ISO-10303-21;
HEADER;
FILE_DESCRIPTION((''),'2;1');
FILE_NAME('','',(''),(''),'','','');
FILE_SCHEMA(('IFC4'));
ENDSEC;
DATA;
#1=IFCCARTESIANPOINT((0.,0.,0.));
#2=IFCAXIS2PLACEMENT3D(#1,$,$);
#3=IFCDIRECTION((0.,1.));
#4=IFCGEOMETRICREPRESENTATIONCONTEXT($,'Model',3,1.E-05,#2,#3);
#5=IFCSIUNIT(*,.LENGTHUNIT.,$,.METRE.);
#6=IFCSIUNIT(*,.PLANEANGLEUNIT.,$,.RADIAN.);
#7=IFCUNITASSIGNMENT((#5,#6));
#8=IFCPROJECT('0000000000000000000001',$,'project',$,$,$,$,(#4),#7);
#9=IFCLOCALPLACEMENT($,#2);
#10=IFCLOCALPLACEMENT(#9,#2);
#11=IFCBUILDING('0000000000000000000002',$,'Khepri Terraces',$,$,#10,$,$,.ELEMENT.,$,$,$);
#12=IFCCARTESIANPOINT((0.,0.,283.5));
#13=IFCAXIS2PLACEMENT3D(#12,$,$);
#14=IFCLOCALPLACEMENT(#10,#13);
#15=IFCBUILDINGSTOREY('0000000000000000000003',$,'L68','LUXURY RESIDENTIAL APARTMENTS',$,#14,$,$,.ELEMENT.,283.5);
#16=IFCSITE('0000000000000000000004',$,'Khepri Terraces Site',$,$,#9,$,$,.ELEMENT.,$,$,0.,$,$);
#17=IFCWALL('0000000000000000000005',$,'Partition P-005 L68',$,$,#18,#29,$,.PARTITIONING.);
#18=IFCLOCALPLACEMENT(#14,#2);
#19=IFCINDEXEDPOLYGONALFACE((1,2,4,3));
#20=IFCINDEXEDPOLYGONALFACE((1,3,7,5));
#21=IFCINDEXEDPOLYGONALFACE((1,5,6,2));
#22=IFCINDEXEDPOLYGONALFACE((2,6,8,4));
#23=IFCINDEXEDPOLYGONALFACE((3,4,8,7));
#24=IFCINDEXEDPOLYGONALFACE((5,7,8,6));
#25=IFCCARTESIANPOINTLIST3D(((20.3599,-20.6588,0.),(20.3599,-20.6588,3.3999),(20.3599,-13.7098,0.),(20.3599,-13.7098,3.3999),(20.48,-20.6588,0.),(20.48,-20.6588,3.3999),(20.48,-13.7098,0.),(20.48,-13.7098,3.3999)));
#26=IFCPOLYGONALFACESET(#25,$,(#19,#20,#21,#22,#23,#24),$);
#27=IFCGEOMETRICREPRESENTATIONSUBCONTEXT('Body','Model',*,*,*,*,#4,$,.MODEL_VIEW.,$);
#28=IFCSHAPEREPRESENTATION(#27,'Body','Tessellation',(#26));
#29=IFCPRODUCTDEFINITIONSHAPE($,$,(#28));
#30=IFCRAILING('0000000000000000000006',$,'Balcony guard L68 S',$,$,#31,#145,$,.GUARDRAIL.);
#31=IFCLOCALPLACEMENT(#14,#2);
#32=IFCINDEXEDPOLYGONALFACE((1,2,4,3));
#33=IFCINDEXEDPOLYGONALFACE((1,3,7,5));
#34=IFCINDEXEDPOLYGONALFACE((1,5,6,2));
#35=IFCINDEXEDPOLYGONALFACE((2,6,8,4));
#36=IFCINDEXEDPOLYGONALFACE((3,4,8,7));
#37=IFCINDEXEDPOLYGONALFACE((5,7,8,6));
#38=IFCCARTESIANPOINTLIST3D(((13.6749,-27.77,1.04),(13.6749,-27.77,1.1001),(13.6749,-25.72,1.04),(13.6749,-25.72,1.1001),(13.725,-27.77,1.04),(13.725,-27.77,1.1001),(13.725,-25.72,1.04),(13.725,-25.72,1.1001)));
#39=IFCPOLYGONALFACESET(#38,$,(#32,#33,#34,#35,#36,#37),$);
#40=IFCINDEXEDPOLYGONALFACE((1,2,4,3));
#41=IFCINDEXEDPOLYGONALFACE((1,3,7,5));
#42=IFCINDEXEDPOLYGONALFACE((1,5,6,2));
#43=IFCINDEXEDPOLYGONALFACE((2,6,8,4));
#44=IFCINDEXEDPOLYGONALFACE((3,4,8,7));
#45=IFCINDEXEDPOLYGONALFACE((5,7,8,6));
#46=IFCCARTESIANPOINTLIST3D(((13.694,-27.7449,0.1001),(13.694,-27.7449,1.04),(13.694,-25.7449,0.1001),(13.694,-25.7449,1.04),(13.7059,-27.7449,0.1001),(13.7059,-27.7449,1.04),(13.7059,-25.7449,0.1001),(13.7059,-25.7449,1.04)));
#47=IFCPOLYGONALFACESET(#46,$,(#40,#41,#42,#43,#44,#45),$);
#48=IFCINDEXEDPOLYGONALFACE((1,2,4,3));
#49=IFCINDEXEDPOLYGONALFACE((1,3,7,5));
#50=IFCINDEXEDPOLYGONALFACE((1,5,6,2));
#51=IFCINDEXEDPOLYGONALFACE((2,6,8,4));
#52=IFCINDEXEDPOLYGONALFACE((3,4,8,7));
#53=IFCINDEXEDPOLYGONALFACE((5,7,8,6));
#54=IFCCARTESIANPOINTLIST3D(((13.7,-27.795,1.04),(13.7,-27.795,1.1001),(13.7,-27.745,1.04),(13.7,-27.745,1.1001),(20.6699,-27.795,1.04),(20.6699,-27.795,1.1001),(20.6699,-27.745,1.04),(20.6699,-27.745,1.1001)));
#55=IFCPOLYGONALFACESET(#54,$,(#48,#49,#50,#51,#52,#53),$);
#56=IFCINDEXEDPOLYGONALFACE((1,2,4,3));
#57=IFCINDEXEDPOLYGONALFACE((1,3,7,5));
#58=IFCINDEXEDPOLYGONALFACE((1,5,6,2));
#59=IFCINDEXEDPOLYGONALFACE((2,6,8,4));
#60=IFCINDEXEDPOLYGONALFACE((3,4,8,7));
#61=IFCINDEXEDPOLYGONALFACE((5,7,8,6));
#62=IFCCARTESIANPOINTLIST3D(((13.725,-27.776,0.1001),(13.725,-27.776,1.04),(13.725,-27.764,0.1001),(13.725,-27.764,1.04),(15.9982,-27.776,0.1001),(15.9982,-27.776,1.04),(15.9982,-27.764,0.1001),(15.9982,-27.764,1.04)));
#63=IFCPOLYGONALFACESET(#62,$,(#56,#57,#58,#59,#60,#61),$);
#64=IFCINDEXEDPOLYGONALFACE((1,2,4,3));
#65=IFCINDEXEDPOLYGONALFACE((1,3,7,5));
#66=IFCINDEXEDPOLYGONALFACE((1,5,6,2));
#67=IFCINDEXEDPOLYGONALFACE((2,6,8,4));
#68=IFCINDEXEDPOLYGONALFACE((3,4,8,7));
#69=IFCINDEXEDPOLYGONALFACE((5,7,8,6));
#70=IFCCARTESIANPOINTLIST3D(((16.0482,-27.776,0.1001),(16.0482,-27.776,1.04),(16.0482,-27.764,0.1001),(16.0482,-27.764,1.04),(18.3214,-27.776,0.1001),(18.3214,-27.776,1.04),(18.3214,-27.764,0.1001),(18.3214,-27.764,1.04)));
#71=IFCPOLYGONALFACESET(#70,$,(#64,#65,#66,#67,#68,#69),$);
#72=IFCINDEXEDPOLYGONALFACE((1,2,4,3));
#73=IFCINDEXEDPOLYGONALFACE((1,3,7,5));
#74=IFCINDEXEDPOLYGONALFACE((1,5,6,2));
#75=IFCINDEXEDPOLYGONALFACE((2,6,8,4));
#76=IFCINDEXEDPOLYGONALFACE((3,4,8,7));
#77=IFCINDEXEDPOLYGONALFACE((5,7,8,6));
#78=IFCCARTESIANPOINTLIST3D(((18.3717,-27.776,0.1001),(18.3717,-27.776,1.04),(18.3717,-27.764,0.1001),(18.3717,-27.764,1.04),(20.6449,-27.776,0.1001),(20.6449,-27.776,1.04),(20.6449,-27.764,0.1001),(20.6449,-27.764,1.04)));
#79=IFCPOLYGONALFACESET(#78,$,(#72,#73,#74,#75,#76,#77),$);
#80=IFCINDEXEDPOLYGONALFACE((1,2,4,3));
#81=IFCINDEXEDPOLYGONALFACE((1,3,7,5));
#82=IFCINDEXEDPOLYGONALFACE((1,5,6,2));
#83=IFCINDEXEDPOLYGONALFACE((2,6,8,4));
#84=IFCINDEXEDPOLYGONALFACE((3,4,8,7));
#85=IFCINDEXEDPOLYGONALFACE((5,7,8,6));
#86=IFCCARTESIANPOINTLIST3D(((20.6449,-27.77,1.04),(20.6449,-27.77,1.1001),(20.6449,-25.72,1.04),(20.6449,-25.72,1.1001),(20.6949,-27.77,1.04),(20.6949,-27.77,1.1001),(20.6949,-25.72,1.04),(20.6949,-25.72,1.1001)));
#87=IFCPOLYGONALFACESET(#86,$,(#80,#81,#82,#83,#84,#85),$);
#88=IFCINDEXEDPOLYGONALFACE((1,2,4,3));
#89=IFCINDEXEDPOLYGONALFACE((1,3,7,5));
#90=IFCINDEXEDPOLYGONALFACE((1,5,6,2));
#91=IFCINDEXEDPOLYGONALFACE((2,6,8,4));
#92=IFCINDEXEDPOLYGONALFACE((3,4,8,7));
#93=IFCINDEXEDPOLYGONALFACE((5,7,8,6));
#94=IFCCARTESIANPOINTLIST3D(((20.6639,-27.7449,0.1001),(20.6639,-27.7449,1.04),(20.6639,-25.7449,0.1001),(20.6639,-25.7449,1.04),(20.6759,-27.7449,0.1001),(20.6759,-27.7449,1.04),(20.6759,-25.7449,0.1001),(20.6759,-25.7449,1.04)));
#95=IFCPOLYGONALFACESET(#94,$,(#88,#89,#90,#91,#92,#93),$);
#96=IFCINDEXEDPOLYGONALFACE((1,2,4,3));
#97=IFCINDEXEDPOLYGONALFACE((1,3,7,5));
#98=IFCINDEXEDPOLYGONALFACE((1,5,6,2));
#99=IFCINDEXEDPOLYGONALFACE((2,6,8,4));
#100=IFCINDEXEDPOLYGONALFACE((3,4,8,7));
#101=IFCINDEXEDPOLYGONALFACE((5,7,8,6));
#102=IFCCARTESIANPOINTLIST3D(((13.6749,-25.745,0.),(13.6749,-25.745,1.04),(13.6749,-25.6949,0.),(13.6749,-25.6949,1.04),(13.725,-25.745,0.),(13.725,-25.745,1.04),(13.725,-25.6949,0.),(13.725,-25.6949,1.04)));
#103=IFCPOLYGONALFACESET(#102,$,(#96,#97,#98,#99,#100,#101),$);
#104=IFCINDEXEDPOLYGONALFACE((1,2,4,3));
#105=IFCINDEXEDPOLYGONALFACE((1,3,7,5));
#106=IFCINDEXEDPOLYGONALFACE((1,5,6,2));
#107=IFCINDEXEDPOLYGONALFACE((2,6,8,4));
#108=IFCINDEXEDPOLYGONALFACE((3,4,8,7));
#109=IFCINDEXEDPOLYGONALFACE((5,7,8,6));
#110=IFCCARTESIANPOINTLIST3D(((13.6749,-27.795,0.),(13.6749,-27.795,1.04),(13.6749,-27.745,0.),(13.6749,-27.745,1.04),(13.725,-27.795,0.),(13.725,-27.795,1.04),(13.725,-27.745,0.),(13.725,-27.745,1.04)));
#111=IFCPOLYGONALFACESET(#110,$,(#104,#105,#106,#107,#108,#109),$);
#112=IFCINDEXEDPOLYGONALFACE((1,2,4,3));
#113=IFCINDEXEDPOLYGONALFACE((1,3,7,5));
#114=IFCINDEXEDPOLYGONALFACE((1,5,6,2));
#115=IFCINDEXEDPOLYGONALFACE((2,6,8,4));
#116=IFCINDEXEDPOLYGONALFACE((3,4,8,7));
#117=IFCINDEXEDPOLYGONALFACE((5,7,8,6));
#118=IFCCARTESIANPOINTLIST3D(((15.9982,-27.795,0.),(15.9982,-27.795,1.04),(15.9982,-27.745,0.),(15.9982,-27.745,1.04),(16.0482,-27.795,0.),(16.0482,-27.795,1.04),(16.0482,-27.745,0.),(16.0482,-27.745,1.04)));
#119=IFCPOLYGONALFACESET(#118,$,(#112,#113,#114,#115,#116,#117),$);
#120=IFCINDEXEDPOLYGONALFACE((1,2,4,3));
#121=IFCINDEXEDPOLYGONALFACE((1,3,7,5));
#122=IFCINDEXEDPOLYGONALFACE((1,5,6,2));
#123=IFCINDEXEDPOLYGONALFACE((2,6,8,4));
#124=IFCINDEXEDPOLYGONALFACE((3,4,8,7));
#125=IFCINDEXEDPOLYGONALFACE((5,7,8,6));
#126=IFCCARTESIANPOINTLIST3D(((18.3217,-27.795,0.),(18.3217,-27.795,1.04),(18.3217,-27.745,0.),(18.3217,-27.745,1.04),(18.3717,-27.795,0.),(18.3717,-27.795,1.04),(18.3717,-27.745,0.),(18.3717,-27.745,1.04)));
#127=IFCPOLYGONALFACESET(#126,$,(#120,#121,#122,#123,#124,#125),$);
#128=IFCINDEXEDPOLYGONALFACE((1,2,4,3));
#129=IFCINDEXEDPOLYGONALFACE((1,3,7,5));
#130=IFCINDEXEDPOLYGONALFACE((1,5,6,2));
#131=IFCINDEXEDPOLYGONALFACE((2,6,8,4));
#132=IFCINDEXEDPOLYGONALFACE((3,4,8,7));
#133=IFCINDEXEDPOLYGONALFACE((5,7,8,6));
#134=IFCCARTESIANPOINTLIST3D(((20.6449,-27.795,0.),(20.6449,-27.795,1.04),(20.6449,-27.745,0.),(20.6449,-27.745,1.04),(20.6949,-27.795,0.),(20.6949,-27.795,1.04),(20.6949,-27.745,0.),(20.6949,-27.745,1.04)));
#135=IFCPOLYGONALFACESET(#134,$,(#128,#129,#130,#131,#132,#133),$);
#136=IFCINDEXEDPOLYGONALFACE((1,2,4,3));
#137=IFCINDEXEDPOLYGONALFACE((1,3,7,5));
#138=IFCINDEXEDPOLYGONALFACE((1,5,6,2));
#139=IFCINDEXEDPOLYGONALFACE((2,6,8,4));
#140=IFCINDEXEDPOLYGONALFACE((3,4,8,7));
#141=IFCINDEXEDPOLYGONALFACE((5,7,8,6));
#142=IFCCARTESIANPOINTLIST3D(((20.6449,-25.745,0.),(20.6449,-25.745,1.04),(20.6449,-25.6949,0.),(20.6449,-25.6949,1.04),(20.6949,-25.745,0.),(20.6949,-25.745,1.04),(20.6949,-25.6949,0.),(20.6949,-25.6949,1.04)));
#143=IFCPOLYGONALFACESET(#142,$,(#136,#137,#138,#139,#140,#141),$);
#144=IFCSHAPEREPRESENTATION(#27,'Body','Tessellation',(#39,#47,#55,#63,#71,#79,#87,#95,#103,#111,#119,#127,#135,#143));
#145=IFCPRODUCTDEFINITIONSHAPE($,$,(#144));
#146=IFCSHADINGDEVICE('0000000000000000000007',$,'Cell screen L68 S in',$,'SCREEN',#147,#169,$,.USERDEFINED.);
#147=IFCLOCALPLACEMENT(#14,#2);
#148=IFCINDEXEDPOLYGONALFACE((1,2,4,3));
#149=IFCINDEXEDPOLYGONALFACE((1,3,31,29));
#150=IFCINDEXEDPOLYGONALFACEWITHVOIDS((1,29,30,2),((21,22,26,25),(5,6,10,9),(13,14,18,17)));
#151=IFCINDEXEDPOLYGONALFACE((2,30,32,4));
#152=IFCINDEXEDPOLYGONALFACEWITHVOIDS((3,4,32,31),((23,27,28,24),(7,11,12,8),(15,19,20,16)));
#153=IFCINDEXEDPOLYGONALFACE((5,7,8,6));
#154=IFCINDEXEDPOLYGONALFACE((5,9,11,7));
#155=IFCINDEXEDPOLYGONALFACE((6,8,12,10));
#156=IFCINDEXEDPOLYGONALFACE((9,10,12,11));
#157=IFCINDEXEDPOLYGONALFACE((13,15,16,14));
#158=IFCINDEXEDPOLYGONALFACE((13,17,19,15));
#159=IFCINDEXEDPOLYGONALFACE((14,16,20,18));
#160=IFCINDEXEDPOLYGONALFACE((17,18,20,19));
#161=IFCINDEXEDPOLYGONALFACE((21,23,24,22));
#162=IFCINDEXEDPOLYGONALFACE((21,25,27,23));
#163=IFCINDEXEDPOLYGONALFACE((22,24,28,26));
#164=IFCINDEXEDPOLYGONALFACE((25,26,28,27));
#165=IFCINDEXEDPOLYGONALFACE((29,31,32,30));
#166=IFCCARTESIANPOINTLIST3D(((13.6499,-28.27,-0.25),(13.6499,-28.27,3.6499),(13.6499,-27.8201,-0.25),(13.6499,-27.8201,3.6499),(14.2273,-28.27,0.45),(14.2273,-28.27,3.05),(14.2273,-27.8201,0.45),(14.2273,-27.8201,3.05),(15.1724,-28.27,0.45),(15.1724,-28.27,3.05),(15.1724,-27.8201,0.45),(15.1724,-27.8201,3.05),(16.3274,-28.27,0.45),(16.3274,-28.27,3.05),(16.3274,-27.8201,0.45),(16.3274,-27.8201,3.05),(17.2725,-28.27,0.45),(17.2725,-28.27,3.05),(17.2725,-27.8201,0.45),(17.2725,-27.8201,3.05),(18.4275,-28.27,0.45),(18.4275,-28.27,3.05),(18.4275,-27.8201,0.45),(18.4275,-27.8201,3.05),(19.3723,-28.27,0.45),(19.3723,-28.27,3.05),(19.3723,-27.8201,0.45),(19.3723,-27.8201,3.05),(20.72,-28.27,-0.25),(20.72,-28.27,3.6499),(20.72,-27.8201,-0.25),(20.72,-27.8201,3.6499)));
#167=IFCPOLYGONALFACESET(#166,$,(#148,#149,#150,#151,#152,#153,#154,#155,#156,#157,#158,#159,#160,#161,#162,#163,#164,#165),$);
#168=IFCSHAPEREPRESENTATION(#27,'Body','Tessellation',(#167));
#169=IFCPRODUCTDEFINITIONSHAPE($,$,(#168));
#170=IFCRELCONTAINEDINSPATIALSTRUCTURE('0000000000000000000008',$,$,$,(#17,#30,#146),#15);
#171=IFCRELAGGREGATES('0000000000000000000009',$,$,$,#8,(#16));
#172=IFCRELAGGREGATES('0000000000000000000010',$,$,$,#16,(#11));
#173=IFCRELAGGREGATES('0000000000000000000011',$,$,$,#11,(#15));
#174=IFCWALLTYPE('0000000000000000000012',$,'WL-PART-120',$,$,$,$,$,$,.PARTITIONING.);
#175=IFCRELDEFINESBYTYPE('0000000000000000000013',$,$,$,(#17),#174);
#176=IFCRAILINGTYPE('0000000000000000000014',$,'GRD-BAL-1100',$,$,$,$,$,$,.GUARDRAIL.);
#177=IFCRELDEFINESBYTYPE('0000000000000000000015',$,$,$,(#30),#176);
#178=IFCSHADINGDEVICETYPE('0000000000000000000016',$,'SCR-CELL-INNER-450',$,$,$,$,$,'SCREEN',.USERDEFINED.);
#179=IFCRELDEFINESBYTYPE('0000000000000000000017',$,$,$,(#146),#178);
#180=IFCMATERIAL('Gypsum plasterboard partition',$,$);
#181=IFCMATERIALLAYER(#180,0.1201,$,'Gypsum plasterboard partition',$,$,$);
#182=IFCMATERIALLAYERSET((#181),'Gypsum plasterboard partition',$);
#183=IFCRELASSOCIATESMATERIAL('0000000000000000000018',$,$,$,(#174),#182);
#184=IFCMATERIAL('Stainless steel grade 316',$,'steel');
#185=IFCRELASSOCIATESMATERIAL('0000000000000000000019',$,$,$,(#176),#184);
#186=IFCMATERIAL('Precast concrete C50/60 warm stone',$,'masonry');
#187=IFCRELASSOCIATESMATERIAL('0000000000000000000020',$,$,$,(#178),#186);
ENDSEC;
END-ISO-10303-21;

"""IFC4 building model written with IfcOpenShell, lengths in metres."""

from ifc_helpers import new_model, si_unit, direction, frame, frame_2d, origin, origin_2d, place, context, subcontext, project, spatial, polyline, rectangle, outline, extrude, material, layer, layer_set, type_object, element, save


model = new_model("IFC4")

# Units and contexts
model_context = context("Model", 3, precision=1e-05, world=origin(), true_north=direction((0.0, 1.0)))
body_context = subcontext(model_context, "Body", "Model", "MODEL_VIEW")
ifc_project = project(units=[si_unit("LENGTHUNIT", "METRE"), si_unit("PLANEANGLEUNIT", "RADIAN")], contexts=[model_context])

# Site, building, storey
site_placement = place(None, origin())
site = spatial("IfcSite", under=ifc_project, at=site_placement, Name="Khepri Terraces Site", CompositionType="ELEMENT", RefElevation=0.0)
building_placement = place(site_placement, origin())
building = spatial("IfcBuilding", under=site, at=building_placement, Name="Khepri Terraces", CompositionType="ELEMENT")
storey_placement = place(building_placement, frame((0.0, 0.0, 283.5)))
storey = spatial("IfcBuildingStorey", under=building, at=storey_placement, Name="L68", Description="LUXURY RESIDENTIAL APARTMENTS", CompositionType="ELEMENT", Elevation=283.5)

# Shared definitions
ifc_material_1 = material(Name="Precast concrete C50/60 warm stone", Category="masonry")

# Wall
ifc_material_2 = material(Name="Gypsum plasterboard partition")
ifc_layer_1 = layer(ifc_material_2, 0.1201, Name="Gypsum plasterboard partition")
ifc_layer_set_1 = layer_set([ifc_layer_1], Name="Gypsum plasterboard partition")
wall_type_1 = type_object("IfcWallType", Name="WL-PART-120", PredefinedType="PARTITIONING", material=ifc_layer_set_1)
wall_1_placement = place(storey_placement, frame((20.4199, -20.6589, 0.0), z_axis=(0.0, 0.0, 1.0), x_axis=(0.0, 1.0, 0.0)))
element("IfcWall", 1, at=wall_1_placement, inside=storey, type_object=wall_type_1, Name="Partition P-005 L68", PredefinedType="PARTITIONING", context=body_context, shape_type="SweptSolid", body=[
    extrude(rectangle(XDim=6.949, YDim=0.1201, at=frame_2d((3.4746, 0.0))), origin(), (0.0, 0.0, 1.0), 3.3999),
])

# Railing
ifc_material_3 = material(Name="Stainless steel grade 316", Category="steel")
railing_type = type_object("IfcRailingType", Name="GRD-BAL-1100", PredefinedType="GUARDRAIL", material=ifc_material_3)
railing_1_placement = place(storey_placement, frame((13.7, -25.72, 0.0)))
element("IfcRailing", 2, at=railing_1_placement, inside=storey, type_object=railing_type, Name="Balcony guard L68 S", PredefinedType="GUARDRAIL", context=body_context, shape_type="SweptSolid", body=[
    extrude(rectangle(XDim=0.05, YDim=0.0601, at=origin_2d()), frame((0.0, 0.0, 1.0701), z_axis=(0.0, -1.0, 0.0), x_axis=(1.0, 0.0, 0.0)), (0.0, 0.0, 1.0), 2.05),
    extrude(rectangle(XDim=2.0, YDim=0.012, at=origin_2d()), frame((0.0, -1.0249, 0.1001), z_axis=(0.0, 0.0, 1.0), x_axis=(0.0, -1.0, 0.0)), (0.0, 0.0, 1.0), 0.9399),
    extrude(rectangle(XDim=0.05, YDim=0.0601, at=origin_2d()), frame((0.0, -2.05, 1.0701), z_axis=(1.0, 0.0, 0.0), x_axis=(0.0, 1.0, 0.0)), (0.0, 0.0, 1.0), 6.97),
    extrude(rectangle(XDim=2.2732, YDim=0.012, at=origin_2d()), frame((1.1616, -2.05, 0.1001), z_axis=(0.0, 0.0, 1.0), x_axis=(1.0, 0.0, 0.0)), (0.0, 0.0, 1.0), 0.9399),
    extrude(rectangle(XDim=2.2732, YDim=0.012, at=origin_2d()), frame((3.4849, -2.05, 0.1001), z_axis=(0.0, 0.0, 1.0), x_axis=(1.0, 0.0, 0.0)), (0.0, 0.0, 1.0), 0.9399),
    extrude(rectangle(XDim=2.2732, YDim=0.012, at=origin_2d()), frame((5.8083, -2.05, 0.1001), z_axis=(0.0, 0.0, 1.0), x_axis=(1.0, 0.0, 0.0)), (0.0, 0.0, 1.0), 0.9399),
    extrude(rectangle(XDim=0.05, YDim=0.0601, at=origin_2d()), frame((6.97, -2.05, 1.0701), z_axis=(0.0, 1.0, 0.0), x_axis=(-1.0, 0.0, 0.0)), (0.0, 0.0, 1.0), 2.05),
    extrude(rectangle(XDim=2.0, YDim=0.012, at=origin_2d()), frame((6.97, -1.0249, 0.1001), z_axis=(0.0, 0.0, 1.0), x_axis=(0.0, 1.0, 0.0)), (0.0, 0.0, 1.0), 0.9399),
    extrude(rectangle(XDim=0.05, YDim=0.05, at=origin_2d()), origin(), (0.0, 0.0, 1.0), 1.04),
    extrude(rectangle(XDim=0.05, YDim=0.05, at=origin_2d()), frame((0.0, -2.05, 0.0)), (0.0, 0.0, 1.0), 1.04),
    extrude(rectangle(XDim=0.05, YDim=0.05, at=origin_2d()), frame((2.3232, -2.05, 0.0)), (0.0, 0.0, 1.0), 1.04),
    extrude(rectangle(XDim=0.05, YDim=0.05, at=origin_2d()), frame((4.6467, -2.05, 0.0)), (0.0, 0.0, 1.0), 1.04),
    extrude(rectangle(XDim=0.05, YDim=0.05, at=origin_2d()), frame((6.97, -2.05, 0.0)), (0.0, 0.0, 1.0), 1.04),
    extrude(rectangle(XDim=0.05, YDim=0.05, at=origin_2d()), frame((6.97, 0.0, 0.0)), (0.0, 0.0, 1.0), 1.04),
])

# Shading device
shading_device_type_1 = type_object("IfcShadingDeviceType", Name="SCR-CELL-INNER-450", ElementType="SCREEN", PredefinedType="USERDEFINED", material=ifc_material_1)
shading_device_1_placement = place(storey_placement, frame((13.6499, -27.8201, -0.25), z_axis=(0.0, -1.0, 0.0), x_axis=(1.0, 0.0, 0.0)))
element("IfcShadingDevice", 3, at=shading_device_1_placement, inside=storey, type_object=shading_device_type_1, Name="Cell screen L68 S in", ObjectType="SCREEN", PredefinedType="USERDEFINED", context=body_context, shape_type="SweptSolid", body=[
    extrude(outline(polyline([(0.0, 0.0), (7.0701, 0.0), (7.0701, 3.8999), (0.0, 3.8999), (0.0, 0.0)]), holes=[polyline([(0.5774, 0.7), (1.5225, 0.7), (1.5225, 3.3), (0.5774, 3.3), (0.5774, 0.7)]), polyline([(2.6775, 0.7), (3.6226, 0.7), (3.6226, 3.3), (2.6775, 3.3), (2.6775, 0.7)]), polyline([(4.7776, 0.7), (5.7224, 0.7), (5.7224, 3.3), (4.7776, 3.3), (4.7776, 0.7)])]), origin(), (0.0, 0.0, 1.0), 0.45),
])

save(model, "model.ifc")
